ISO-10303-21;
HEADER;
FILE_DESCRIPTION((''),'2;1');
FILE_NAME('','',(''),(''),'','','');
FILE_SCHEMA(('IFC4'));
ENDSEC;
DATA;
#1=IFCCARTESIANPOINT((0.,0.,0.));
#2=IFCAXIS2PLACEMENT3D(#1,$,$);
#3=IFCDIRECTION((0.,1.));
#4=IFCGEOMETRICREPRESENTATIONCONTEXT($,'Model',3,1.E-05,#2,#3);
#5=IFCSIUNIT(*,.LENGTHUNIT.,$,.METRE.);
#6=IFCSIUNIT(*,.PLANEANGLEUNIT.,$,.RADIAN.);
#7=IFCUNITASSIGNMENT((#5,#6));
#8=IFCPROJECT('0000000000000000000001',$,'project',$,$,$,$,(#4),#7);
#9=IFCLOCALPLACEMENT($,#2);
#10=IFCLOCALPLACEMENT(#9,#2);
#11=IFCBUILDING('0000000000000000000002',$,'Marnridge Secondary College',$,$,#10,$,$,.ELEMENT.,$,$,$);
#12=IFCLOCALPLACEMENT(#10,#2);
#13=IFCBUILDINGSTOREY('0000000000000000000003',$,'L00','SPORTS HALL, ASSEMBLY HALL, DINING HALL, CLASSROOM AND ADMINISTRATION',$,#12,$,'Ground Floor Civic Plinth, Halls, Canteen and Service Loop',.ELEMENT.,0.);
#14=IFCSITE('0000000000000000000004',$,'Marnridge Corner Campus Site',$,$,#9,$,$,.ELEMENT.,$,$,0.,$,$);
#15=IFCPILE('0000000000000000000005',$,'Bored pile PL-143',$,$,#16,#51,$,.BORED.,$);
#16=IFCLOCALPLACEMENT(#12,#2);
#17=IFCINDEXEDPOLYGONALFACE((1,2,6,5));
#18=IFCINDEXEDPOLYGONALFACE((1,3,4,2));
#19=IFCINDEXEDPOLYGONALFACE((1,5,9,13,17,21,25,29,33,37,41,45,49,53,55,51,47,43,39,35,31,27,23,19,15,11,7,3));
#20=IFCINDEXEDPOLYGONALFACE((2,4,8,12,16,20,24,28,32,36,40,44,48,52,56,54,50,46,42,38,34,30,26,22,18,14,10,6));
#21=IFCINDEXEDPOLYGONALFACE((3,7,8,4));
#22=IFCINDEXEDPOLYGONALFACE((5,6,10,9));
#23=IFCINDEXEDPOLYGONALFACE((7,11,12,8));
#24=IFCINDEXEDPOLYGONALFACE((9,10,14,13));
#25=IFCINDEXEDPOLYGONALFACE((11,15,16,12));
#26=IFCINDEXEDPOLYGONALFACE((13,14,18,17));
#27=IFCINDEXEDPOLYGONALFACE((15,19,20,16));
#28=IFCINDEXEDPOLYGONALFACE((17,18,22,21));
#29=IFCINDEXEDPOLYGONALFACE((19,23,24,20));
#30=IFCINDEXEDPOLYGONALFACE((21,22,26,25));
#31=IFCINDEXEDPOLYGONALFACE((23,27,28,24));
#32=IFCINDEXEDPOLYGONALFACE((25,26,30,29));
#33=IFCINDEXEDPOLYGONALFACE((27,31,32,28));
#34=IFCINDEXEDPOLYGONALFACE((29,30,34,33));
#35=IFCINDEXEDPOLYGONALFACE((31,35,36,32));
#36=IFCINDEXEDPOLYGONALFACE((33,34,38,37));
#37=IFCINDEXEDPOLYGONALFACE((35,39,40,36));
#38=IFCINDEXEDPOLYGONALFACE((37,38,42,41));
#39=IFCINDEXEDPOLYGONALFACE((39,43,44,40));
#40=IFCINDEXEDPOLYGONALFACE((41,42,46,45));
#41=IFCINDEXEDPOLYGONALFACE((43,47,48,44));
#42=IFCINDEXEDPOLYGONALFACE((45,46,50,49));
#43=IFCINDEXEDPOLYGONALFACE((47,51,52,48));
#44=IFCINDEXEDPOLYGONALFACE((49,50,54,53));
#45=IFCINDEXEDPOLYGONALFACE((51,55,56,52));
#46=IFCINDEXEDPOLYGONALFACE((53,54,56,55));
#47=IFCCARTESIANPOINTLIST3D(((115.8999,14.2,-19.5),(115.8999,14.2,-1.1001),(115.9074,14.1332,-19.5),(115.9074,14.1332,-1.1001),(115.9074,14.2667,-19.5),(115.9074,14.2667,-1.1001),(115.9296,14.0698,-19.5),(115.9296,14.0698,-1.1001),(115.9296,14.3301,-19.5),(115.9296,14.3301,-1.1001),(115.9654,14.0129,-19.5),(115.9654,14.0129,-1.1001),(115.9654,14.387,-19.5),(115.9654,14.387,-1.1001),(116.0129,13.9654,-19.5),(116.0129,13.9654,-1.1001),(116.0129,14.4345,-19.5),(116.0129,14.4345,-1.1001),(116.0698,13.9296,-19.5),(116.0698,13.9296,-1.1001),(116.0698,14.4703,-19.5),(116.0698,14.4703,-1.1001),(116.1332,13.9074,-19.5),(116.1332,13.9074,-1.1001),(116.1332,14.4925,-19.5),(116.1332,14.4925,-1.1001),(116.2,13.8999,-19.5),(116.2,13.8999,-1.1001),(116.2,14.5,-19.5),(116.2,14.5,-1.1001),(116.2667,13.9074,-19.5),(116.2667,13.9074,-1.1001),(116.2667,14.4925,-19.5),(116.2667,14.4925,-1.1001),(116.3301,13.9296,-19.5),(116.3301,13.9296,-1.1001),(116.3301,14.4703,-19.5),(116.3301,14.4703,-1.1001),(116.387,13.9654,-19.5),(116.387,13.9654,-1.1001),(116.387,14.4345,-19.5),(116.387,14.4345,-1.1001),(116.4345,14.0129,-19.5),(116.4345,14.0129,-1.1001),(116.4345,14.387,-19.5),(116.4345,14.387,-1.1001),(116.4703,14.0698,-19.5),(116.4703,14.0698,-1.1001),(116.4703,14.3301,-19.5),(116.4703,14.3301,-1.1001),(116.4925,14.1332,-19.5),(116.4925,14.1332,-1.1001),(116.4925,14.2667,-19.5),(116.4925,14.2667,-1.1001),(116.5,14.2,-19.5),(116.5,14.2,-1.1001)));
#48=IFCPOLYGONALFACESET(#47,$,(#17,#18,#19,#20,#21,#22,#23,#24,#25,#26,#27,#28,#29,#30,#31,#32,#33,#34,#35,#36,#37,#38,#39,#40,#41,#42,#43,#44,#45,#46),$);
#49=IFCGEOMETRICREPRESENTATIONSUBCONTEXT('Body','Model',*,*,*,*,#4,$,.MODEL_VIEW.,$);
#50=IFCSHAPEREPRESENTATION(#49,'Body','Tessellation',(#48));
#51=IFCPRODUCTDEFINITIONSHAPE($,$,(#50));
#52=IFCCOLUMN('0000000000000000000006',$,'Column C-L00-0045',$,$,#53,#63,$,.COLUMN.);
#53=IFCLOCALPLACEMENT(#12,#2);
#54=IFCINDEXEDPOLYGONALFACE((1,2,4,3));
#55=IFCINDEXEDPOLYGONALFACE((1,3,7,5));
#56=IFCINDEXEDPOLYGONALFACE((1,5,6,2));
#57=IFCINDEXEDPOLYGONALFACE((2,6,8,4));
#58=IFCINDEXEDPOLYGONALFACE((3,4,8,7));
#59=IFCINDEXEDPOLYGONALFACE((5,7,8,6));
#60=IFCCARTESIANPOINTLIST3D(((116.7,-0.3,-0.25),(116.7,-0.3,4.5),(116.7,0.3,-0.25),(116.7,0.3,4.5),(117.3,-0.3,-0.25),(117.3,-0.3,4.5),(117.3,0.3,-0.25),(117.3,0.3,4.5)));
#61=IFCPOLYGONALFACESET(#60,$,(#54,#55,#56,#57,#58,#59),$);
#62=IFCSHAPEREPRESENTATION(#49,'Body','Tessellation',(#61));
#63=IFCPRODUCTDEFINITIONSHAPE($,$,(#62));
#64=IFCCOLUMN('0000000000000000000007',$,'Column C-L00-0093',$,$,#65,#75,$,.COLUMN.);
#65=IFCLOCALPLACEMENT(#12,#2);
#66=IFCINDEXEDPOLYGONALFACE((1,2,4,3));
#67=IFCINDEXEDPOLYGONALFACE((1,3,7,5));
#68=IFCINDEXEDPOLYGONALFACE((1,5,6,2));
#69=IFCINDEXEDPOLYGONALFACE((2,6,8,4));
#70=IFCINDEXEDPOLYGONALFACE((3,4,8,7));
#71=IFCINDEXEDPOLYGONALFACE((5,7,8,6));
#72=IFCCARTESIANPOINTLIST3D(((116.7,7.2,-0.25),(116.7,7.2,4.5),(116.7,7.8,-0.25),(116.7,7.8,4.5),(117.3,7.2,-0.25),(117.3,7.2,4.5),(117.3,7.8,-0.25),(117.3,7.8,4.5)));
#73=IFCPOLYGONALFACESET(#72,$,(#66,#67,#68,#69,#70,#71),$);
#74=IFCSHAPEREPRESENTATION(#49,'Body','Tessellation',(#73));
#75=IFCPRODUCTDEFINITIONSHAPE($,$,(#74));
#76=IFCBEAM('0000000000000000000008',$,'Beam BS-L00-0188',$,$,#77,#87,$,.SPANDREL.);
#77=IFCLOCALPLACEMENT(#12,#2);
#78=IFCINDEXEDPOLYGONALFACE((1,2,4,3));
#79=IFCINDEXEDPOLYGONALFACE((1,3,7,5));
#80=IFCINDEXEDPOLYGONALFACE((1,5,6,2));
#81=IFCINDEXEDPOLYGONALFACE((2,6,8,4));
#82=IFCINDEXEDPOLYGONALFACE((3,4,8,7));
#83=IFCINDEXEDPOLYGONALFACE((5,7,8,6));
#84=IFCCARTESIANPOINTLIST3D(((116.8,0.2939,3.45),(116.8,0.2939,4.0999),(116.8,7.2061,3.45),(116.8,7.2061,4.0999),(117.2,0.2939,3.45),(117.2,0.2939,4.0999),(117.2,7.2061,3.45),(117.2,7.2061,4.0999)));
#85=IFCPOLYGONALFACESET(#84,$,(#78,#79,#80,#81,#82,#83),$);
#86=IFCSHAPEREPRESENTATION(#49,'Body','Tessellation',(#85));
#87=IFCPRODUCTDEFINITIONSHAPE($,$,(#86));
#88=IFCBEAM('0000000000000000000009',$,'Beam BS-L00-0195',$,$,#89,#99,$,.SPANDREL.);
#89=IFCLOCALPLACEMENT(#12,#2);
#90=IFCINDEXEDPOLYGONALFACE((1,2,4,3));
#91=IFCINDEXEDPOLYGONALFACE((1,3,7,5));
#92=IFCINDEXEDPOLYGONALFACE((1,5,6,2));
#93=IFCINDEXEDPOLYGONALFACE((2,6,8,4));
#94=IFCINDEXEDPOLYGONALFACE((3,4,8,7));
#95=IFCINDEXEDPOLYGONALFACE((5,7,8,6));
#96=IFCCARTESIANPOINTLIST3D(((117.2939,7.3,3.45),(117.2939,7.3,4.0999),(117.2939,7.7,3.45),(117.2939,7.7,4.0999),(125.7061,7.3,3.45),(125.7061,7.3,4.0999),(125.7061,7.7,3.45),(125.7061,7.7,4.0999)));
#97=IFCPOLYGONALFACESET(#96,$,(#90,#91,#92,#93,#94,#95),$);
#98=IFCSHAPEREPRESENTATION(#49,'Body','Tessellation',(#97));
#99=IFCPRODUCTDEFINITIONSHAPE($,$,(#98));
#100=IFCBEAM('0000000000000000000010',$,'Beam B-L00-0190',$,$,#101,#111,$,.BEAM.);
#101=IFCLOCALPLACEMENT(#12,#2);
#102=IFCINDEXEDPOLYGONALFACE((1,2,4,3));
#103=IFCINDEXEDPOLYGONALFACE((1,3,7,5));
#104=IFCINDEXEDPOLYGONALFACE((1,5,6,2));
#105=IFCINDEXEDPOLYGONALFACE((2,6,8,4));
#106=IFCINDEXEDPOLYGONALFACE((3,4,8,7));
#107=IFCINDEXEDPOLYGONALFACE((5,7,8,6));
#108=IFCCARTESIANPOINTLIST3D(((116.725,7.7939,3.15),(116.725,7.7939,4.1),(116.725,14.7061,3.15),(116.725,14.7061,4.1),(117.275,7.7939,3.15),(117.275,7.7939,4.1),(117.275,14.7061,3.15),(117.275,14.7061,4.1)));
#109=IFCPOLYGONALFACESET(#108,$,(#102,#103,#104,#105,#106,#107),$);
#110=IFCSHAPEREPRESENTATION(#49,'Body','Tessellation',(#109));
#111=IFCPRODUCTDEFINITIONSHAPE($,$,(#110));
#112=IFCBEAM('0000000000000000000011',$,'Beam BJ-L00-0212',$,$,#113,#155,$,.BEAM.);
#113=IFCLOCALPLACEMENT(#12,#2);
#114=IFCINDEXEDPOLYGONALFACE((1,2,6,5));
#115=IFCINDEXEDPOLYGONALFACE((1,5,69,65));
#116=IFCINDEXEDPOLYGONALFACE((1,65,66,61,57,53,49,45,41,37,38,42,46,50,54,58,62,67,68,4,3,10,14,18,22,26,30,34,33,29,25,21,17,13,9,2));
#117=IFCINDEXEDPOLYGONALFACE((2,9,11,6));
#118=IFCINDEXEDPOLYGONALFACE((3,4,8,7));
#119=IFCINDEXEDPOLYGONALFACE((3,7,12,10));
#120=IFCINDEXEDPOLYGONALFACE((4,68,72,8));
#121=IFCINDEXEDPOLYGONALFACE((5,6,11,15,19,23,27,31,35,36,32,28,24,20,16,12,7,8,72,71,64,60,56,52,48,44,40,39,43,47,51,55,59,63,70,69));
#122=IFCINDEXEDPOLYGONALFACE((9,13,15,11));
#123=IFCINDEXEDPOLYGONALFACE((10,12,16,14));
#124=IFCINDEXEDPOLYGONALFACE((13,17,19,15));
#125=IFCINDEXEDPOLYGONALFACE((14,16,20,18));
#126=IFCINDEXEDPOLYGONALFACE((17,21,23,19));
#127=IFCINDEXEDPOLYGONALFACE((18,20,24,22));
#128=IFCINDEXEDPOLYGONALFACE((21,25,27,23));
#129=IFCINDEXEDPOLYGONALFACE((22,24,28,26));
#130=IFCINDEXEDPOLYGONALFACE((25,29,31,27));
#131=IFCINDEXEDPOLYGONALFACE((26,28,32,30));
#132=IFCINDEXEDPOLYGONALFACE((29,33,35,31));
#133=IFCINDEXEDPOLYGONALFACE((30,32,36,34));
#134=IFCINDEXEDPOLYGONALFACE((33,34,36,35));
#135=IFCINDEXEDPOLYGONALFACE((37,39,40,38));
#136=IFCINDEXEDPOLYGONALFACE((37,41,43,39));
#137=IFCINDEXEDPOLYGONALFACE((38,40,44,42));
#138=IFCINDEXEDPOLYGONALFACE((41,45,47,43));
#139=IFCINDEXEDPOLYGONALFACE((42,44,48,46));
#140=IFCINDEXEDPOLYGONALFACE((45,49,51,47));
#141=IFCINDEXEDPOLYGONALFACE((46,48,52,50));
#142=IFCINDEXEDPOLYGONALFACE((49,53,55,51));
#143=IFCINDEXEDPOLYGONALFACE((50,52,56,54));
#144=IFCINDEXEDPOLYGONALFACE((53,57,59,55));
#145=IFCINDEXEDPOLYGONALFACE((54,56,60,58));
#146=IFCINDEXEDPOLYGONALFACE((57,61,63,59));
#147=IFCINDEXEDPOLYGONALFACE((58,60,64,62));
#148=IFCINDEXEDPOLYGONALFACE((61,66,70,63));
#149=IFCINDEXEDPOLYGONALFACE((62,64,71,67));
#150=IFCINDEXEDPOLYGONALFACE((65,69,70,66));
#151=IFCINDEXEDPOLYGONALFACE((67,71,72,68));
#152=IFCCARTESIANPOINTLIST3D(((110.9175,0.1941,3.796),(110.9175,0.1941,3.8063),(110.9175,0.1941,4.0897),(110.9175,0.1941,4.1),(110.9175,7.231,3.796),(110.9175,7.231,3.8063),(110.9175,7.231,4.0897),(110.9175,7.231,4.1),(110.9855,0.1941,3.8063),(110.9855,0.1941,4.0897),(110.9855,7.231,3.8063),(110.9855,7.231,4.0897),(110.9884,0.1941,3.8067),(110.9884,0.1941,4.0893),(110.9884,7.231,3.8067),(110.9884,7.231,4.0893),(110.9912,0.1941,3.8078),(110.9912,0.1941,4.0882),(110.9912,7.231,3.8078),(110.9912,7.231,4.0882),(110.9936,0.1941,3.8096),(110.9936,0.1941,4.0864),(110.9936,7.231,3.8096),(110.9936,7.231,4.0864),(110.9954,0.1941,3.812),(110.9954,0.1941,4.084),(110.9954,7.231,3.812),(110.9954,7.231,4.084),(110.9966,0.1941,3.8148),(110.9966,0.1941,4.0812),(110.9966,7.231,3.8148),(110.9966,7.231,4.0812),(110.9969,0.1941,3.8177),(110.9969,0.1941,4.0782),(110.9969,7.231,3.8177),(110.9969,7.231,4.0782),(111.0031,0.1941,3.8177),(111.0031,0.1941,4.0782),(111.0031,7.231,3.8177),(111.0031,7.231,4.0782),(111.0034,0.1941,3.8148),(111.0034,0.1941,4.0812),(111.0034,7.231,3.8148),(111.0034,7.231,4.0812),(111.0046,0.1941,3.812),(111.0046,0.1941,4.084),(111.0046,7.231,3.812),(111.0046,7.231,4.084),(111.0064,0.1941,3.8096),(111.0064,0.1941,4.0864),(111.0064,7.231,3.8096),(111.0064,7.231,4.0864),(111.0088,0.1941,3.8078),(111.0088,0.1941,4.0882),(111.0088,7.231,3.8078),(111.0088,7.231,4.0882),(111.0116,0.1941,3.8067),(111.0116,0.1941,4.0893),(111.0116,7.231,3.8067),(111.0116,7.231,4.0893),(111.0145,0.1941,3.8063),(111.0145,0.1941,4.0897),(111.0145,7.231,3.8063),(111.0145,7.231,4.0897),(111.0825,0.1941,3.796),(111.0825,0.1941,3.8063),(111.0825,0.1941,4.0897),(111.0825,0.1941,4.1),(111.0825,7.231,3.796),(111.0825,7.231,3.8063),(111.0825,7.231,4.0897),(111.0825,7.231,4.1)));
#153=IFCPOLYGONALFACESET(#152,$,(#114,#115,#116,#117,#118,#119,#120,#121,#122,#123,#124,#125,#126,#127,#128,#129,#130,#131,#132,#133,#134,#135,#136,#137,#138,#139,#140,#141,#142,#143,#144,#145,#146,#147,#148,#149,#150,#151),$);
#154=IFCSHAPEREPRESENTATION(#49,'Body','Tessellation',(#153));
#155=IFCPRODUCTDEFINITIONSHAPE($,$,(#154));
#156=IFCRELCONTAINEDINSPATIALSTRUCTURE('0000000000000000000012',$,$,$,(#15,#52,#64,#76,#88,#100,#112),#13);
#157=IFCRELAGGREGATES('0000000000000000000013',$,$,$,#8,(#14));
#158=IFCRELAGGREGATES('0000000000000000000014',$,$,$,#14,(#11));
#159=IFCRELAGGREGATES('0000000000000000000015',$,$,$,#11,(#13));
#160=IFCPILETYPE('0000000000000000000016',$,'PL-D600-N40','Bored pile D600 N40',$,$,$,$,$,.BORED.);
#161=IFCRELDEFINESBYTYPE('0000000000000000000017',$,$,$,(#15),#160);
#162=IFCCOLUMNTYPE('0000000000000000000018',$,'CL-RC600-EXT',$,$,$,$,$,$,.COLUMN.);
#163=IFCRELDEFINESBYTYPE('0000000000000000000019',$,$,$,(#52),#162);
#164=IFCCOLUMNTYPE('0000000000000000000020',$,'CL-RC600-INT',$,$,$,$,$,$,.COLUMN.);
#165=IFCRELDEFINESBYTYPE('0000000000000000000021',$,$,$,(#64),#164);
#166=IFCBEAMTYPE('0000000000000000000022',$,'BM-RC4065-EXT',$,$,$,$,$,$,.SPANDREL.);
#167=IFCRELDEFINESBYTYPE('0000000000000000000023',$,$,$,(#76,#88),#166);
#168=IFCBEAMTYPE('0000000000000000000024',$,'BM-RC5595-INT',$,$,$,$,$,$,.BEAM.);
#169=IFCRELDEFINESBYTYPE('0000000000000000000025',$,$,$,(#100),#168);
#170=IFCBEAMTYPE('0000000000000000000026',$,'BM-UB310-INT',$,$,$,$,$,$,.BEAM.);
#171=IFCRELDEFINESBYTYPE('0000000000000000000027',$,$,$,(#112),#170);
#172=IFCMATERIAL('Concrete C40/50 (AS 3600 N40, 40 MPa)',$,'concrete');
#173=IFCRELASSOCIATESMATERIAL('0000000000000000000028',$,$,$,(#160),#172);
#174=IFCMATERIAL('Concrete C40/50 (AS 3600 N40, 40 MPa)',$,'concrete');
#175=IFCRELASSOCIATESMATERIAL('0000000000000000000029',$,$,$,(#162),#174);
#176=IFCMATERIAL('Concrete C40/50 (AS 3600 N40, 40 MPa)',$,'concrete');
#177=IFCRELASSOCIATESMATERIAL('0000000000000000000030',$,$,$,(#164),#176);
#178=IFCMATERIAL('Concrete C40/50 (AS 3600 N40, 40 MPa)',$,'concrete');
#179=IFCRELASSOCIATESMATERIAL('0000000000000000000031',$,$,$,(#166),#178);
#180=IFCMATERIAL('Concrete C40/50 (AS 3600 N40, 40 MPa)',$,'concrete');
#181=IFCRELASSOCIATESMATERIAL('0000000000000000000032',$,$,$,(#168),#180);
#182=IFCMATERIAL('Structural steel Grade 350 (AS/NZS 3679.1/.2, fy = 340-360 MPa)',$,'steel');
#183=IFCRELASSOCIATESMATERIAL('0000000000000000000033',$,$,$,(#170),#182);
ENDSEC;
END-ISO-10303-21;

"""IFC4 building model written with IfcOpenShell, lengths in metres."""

from ifc_helpers import new_model, si_unit, direction, frame, origin, origin_2d, place, context, subcontext, project, spatial, rectangle, circle, i_section, extrude, material, material_profile, profile_set, type_object, element, save


model = new_model("IFC4")

# Units and contexts
model_context = context("Model", 3, precision=1e-05, world=origin(), true_north=direction((0.0, 1.0)))
body_context = subcontext(model_context, "Body", "Model", "MODEL_VIEW")
ifc_project = project(units=[si_unit("LENGTHUNIT", "METRE"), si_unit("PLANEANGLEUNIT", "RADIAN")], contexts=[model_context])

# Site, building, storey
site_placement = place(None, origin())
site = spatial("IfcSite", under=ifc_project, at=site_placement, Name="Marnridge Corner Campus Site", CompositionType="ELEMENT", RefElevation=0.0)
building_placement = place(site_placement, origin())
building = spatial("IfcBuilding", under=site, at=building_placement, Name="Marnridge Secondary College", CompositionType="ELEMENT")
storey_placement = place(building_placement, origin())
storey = spatial("IfcBuildingStorey", under=building, at=storey_placement, Name="L00", Description="SPORTS HALL, ASSEMBLY HALL, DINING HALL, CLASSROOM AND ADMINISTRATION", LongName="Ground Floor Civic Plinth, Halls, Canteen and Service Loop", CompositionType="ELEMENT", Elevation=0.0)

# Pile
ifc_material_1 = material(Name="Concrete C40/50 (AS 3600 N40, 40 MPa)", Category="concrete")
ifc_material_profile_1 = material_profile(ifc_material_1, circle(Radius=0.3, at=origin_2d()), Name="PILE D600")
ifc_profile_set_1 = profile_set([ifc_material_profile_1], Name="Concrete C40/50 (AS 3600 N40, 40 MPa)")
pile_type = type_object("IfcPileType", Name="PL-D600-N40", Description="Bored pile D600 N40", PredefinedType="BORED", material=ifc_profile_set_1)
pile_1_placement = place(storey_placement, frame((116.2, 14.2, -1.1001), z_axis=(0.0, 0.0, -1.0), x_axis=(1.0, 0.0, 0.0)))
element("IfcPile", 1, at=pile_1_placement, inside=storey, type_object=pile_type, Name="Bored pile PL-143", PredefinedType="BORED", context=body_context, shape_type="SweptSolid", body=[
    extrude(circle(Radius=0.3, at=origin_2d()), origin(), (0.0, 0.0, 1.0), 18.3999),
])

# Columns
ifc_material_2 = material(Name="Concrete C40/50 (AS 3600 N40, 40 MPa)", Category="concrete")
ifc_material_profile_2 = material_profile(ifc_material_2, rectangle(XDim=0.6001, YDim=0.6001, at=origin_2d()), Name="RC 600x600")
ifc_profile_set_2 = profile_set([ifc_material_profile_2], Name="Concrete C40/50 (AS 3600 N40, 40 MPa)")
column_type_1 = type_object("IfcColumnType", Name="CL-RC600-EXT", PredefinedType="COLUMN", material=ifc_profile_set_2)
column_1_placement = place(storey_placement, frame((117.0, 0.0, -0.25), z_axis=(0.0, 0.0, 1.0), x_axis=(1.0, 0.0, 0.0)))
element("IfcColumn", 2, at=column_1_placement, inside=storey, type_object=column_type_1, Name="Column C-L00-0045", PredefinedType="COLUMN", context=body_context, shape_type="SweptSolid", body=[
    extrude(rectangle(XDim=0.6001, YDim=0.6001, at=origin_2d()), origin(), (0.0, 0.0, 1.0), 4.75),
])
ifc_material_3 = material(Name="Concrete C40/50 (AS 3600 N40, 40 MPa)", Category="concrete")
ifc_material_profile_3 = material_profile(ifc_material_3, rectangle(XDim=0.6001, YDim=0.6001, at=origin_2d()), Name="RC 600x600")
ifc_profile_set_3 = profile_set([ifc_material_profile_3], Name="Concrete C40/50 (AS 3600 N40, 40 MPa)")
column_type_2 = type_object("IfcColumnType", Name="CL-RC600-INT", PredefinedType="COLUMN", material=ifc_profile_set_3)
column_2_placement = place(storey_placement, frame((117.0, 7.5, -0.25), z_axis=(0.0, 0.0, 1.0), x_axis=(1.0, 0.0, 0.0)))
element("IfcColumn", 3, at=column_2_placement, inside=storey, type_object=column_type_2, Name="Column C-L00-0093", PredefinedType="COLUMN", context=body_context, shape_type="SweptSolid", body=[
    extrude(rectangle(XDim=0.6001, YDim=0.6001, at=origin_2d()), origin(), (0.0, 0.0, 1.0), 4.75),
])

# Beams
ifc_material_4 = material(Name="Concrete C40/50 (AS 3600 N40, 40 MPa)", Category="concrete")
ifc_material_profile_4 = material_profile(ifc_material_4, rectangle(XDim=0.3999, YDim=0.6499, at=origin_2d()), Name="RC 400x650")
ifc_profile_set_4 = profile_set([ifc_material_profile_4], Name="Concrete C40/50 (AS 3600 N40, 40 MPa)")
beam_type_1 = type_object("IfcBeamType", Name="BM-RC4065-EXT", PredefinedType="SPANDREL", material=ifc_profile_set_4)
beam_1_placement = place(storey_placement, frame((117.0, 0.2939, 3.7749), z_axis=(0.0, 1.0, 0.0), x_axis=(-1.0, 0.0, 0.0)))
element("IfcBeam", 4, at=beam_1_placement, inside=storey, type_object=beam_type_1, Name="Beam BS-L00-0188", PredefinedType="SPANDREL", context=body_context, shape_type="SweptSolid", body=[
    extrude(rectangle(XDim=0.3999, YDim=0.6499, at=origin_2d()), origin(), (0.0, 0.0, 1.0), 6.9121),
])
beam_2_placement = place(storey_placement, frame((117.2939, 7.5, 3.7749), z_axis=(1.0, 0.0, 0.0), x_axis=(0.0, 1.0, 0.0)))
element("IfcBeam", 5, at=beam_2_placement, inside=storey, type_object=beam_type_1, Name="Beam BS-L00-0195", PredefinedType="SPANDREL", context=body_context, shape_type="SweptSolid", body=[
    extrude(rectangle(XDim=0.3999, YDim=0.6499, at=origin_2d()), origin(), (0.0, 0.0, 1.0), 8.4121),
])
ifc_material_5 = material(Name="Concrete C40/50 (AS 3600 N40, 40 MPa)", Category="concrete")
ifc_material_profile_5 = material_profile(ifc_material_5, rectangle(XDim=0.55, YDim=0.95, at=origin_2d()), Name="RC 550x950")
ifc_profile_set_5 = profile_set([ifc_material_profile_5], Name="Concrete C40/50 (AS 3600 N40, 40 MPa)")
beam_type_2 = type_object("IfcBeamType", Name="BM-RC5595-INT", PredefinedType="BEAM", material=ifc_profile_set_5)
beam_3_placement = place(storey_placement, frame((117.0, 7.7939, 3.625), z_axis=(0.0, 1.0, 0.0), x_axis=(-1.0, 0.0, 0.0)))
element("IfcBeam", 6, at=beam_3_placement, inside=storey, type_object=beam_type_2, Name="Beam B-L00-0190", PredefinedType="BEAM", context=body_context, shape_type="SweptSolid", body=[
    extrude(rectangle(XDim=0.55, YDim=0.95, at=origin_2d()), origin(), (0.0, 0.0, 1.0), 6.9121),
])
ifc_material_6 = material(Name="Structural steel Grade 350 (AS/NZS 3679.1/.2, fy = 340-360 MPa)", Category="steel")
ifc_material_profile_6 = material_profile(ifc_material_6, i_section(OverallWidth=0.165, OverallDepth=0.304, WebThickness=0.0061, FlangeThickness=0.0103, FilletRadius=0.0115, at=origin_2d()), Name="310UB40.4")
ifc_profile_set_6 = profile_set([ifc_material_profile_6], Name="Structural steel Grade 350 (AS/NZS 3679.1/.2, fy = 340-360 MPa)")
beam_type_3 = type_object("IfcBeamType", Name="BM-UB310-INT", PredefinedType="BEAM", material=ifc_profile_set_6)
for number, where, z_axis, x_axis, name in (
    (7, (111.0, 0.1941, 3.948), (0.0, 1.0, 0.0), (-1.0, 0.0, 0.0), "Beam BJ-L00-0212"),
):
    element("IfcBeam", number, at=place(storey_placement, frame(where, z_axis=z_axis, x_axis=x_axis)), inside=storey, type_object=beam_type_3, Name=name, PredefinedType="BEAM", context=body_context, shape_type="SweptSolid", body=[
        extrude(i_section(OverallWidth=0.165, OverallDepth=0.304, WebThickness=0.0061, FlangeThickness=0.0103, FilletRadius=0.0115, at=origin_2d()), origin(), (0.0, 0.0, 1.0), 7.0369),
    ])

save(model, "model.ifc")
